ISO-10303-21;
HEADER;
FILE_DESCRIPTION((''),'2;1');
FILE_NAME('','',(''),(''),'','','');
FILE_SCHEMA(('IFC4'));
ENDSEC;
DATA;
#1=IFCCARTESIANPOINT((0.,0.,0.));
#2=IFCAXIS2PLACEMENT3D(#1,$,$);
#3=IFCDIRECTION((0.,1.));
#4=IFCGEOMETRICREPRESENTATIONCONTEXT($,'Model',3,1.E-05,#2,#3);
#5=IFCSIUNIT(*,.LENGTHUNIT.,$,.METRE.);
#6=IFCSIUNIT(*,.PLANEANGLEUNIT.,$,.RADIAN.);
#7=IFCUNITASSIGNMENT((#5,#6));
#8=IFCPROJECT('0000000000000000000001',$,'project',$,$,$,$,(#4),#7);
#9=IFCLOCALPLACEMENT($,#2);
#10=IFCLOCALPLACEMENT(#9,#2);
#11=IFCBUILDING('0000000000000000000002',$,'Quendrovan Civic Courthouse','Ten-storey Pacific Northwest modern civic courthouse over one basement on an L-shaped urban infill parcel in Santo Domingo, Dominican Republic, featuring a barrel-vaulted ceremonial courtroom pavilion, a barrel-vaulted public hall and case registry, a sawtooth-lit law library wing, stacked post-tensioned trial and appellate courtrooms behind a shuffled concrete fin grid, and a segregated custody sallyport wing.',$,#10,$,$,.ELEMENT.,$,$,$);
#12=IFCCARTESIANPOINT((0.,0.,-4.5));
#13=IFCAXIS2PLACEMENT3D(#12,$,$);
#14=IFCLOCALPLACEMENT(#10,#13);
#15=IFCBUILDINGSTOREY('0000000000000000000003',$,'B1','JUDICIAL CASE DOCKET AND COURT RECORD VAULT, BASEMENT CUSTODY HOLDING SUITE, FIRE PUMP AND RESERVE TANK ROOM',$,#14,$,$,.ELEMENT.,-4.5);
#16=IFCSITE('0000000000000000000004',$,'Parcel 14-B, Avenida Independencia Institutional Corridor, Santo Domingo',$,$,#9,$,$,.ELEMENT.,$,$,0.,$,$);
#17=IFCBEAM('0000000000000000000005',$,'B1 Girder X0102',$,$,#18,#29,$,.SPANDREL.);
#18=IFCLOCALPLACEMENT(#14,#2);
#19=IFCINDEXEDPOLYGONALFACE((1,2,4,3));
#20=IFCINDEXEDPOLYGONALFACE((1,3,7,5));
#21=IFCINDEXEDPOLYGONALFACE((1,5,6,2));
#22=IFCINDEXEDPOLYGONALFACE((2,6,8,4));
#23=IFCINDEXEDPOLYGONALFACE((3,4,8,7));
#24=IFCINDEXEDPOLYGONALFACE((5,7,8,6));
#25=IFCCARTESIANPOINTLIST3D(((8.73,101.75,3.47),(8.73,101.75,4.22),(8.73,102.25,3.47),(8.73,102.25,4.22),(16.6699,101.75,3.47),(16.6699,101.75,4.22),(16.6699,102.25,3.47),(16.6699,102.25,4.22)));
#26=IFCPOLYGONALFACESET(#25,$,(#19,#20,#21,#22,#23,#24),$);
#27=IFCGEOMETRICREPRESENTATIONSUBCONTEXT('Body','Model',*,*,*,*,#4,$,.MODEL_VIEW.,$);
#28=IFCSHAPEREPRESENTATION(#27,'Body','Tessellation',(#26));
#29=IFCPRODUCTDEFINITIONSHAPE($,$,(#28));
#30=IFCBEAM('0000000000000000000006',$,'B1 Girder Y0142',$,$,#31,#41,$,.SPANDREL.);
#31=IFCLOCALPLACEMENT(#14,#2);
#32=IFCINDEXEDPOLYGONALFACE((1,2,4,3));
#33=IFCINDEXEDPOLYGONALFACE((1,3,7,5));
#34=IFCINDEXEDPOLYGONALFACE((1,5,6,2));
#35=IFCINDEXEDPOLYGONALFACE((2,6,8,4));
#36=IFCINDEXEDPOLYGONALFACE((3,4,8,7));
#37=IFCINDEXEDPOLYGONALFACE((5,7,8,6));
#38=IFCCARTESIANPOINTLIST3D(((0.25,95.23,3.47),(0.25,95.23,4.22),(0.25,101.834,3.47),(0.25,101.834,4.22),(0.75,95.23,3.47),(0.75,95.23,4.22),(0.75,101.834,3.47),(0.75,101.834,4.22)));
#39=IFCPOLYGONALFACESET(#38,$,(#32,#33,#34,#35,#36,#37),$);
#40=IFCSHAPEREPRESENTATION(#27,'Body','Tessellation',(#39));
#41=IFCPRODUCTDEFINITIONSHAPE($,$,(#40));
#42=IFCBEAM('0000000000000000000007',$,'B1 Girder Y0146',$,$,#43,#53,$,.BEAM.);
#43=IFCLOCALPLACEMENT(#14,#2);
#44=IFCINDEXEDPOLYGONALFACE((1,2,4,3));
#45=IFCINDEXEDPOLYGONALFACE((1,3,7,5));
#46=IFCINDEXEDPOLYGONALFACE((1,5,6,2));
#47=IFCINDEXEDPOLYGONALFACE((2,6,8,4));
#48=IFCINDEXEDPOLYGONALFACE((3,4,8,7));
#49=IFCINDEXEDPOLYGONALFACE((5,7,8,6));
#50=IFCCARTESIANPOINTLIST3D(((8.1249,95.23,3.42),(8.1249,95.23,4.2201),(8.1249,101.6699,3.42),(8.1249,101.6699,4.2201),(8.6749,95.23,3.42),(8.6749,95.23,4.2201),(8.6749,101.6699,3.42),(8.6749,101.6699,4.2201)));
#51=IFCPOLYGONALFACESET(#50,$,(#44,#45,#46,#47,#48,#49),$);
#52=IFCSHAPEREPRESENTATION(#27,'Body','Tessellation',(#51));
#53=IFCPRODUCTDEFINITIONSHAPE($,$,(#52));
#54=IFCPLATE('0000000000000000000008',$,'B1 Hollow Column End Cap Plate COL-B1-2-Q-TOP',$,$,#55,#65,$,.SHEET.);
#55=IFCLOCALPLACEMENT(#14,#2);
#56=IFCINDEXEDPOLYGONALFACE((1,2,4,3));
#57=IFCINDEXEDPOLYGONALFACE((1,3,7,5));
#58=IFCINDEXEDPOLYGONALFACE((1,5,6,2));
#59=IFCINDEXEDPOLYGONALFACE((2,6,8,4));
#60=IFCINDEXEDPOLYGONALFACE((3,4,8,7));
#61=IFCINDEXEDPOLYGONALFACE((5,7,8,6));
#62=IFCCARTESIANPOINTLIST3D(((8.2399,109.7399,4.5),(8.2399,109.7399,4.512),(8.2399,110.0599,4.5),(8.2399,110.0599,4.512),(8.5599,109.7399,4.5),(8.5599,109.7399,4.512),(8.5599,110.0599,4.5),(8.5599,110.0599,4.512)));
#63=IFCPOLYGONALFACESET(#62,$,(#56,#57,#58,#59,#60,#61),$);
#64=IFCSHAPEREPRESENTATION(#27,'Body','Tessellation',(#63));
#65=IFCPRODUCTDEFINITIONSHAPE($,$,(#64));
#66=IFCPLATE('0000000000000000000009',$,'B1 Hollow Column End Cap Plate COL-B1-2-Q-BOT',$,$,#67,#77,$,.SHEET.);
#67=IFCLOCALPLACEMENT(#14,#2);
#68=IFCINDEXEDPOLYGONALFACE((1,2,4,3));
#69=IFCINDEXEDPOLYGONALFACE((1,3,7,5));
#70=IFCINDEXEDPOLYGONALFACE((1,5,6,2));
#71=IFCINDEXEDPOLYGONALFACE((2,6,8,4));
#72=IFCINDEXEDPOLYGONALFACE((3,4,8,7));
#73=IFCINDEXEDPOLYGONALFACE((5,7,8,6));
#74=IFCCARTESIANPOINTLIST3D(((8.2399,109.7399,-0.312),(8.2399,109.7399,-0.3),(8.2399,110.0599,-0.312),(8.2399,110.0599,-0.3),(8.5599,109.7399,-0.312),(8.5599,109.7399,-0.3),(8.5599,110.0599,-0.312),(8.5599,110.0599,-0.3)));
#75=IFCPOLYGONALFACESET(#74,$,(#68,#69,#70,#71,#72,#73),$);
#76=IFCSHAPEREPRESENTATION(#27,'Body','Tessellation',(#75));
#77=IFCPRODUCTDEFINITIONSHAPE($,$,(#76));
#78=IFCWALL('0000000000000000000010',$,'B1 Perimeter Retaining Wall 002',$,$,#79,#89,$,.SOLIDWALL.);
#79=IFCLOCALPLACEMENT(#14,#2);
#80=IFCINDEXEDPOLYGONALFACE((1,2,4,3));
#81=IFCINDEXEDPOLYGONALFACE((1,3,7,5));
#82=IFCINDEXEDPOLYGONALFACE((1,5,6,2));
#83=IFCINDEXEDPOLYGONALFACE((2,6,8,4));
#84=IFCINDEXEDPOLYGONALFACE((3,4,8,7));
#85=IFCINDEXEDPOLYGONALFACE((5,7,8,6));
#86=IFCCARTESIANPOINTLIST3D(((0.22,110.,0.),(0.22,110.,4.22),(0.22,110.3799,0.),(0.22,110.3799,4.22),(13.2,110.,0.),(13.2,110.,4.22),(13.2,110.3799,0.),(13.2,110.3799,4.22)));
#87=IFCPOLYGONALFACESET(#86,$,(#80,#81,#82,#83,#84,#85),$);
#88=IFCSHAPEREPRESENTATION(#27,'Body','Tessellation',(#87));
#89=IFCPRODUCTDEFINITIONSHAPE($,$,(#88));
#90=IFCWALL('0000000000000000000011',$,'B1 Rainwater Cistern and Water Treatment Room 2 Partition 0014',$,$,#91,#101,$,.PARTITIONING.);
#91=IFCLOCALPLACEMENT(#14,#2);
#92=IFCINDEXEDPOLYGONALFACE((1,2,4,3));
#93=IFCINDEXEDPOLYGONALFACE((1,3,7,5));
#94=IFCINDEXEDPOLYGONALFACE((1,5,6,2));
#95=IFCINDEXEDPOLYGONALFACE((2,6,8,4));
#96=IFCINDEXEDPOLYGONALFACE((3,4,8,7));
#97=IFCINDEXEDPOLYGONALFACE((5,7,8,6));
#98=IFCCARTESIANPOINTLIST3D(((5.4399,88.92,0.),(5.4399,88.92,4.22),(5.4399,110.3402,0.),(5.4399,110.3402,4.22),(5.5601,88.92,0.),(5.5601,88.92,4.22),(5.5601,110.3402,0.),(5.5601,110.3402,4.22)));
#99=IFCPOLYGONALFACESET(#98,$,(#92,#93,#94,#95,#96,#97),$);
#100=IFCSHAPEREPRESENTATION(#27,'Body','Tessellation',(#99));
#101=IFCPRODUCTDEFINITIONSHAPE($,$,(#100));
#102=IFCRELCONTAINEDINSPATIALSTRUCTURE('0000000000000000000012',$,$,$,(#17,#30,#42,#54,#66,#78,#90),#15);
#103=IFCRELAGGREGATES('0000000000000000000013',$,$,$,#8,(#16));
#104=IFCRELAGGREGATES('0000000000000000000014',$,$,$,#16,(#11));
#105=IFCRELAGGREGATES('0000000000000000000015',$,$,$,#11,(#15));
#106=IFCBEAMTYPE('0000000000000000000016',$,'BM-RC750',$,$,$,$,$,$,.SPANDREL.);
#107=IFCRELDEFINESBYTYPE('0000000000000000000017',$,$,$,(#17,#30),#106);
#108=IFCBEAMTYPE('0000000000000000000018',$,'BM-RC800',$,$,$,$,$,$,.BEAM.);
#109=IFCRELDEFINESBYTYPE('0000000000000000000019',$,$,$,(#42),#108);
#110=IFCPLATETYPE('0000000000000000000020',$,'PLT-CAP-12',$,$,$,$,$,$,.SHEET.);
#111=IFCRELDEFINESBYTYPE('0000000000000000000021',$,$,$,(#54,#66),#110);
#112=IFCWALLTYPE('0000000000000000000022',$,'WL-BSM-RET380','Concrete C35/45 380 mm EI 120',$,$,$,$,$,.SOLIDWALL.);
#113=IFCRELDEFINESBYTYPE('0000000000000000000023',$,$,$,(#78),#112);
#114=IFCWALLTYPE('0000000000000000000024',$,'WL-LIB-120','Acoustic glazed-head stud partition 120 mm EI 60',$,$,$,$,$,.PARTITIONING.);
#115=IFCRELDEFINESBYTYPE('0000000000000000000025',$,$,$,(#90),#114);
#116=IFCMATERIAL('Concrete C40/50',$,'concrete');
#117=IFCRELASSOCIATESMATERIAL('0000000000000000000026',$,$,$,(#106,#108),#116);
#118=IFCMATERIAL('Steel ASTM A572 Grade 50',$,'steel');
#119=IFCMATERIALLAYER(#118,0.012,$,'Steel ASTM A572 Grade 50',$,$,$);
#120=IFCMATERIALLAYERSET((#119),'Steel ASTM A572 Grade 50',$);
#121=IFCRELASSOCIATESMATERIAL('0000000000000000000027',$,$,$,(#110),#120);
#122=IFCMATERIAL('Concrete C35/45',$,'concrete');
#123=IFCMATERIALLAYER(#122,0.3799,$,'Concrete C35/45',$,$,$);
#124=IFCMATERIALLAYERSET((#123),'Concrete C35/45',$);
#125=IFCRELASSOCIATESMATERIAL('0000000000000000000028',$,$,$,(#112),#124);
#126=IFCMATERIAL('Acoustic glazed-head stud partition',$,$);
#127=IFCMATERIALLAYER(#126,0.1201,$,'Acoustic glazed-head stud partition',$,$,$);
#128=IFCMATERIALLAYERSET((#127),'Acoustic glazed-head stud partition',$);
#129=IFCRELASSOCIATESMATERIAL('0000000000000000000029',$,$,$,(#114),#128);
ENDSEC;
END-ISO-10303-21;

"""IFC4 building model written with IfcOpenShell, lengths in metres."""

from ifc_helpers import new_model, si_unit, direction, frame, frame_2d, origin, origin_2d, place, context, subcontext, project, spatial, rectangle, extrude, material, layer, layer_set, material_profile, profile_set, type_object, element, save


model = new_model("IFC4")

# Units and contexts
model_context = context("Model", 3, precision=1e-05, world=origin(), true_north=direction((0.0, 1.0)))
body_context = subcontext(model_context, "Body", "Model", "MODEL_VIEW")
ifc_project = project(units=[si_unit("LENGTHUNIT", "METRE"), si_unit("PLANEANGLEUNIT", "RADIAN")], contexts=[model_context])

# Site, building, storey
site_placement = place(None, origin())
site = spatial("IfcSite", under=ifc_project, at=site_placement, Name="Parcel 14-B, Avenida Independencia Institutional Corridor, Santo Domingo", CompositionType="ELEMENT", RefElevation=0.0)
building_placement = place(site_placement, origin())
building = spatial("IfcBuilding", under=site, at=building_placement, Name="Quendrovan Civic Courthouse", Description="Ten-storey Pacific Northwest modern civic courthouse over one basement on an L-shaped urban infill parcel in Santo Domingo, Dominican Republic, featuring a barrel-vaulted ceremonial courtroom pavilion, a barrel-vaulted public hall and case registry, a sawtooth-lit law library wing, stacked post-tensioned trial and appellate courtrooms behind a shuffled concrete fin grid, and a segregated custody sallyport wing.", CompositionType="ELEMENT")
storey_placement = place(building_placement, frame((0.0, 0.0, -4.5)))
storey = spatial("IfcBuildingStorey", under=building, at=storey_placement, Name="B1", Description="JUDICIAL CASE DOCKET AND COURT RECORD VAULT, BASEMENT CUSTODY HOLDING SUITE, FIRE PUMP AND RESERVE TANK ROOM", CompositionType="ELEMENT", Elevation=-4.5)

# Shared definitions
ifc_material_1 = material(Name="Concrete C35/45", Category="concrete")

# Beams
ifc_material_2 = material(Name="Concrete C40/50", Category="concrete")
ifc_material_profile_1 = material_profile(ifc_material_2, rectangle(XDim=0.5, YDim=0.75, at=origin_2d()), Name="RC-BM-500x750")
ifc_profile_set_1 = profile_set([ifc_material_profile_1], Name="Concrete C40/50")
beam_type_1 = type_object("IfcBeamType", Name="BM-RC750", PredefinedType="SPANDREL", material=ifc_profile_set_1)
beam_1_placement = place(storey_placement, frame((8.73, 102.0, 3.845), z_axis=(1.0, 0.0, 0.0), x_axis=(0.0, 1.0, 0.0)))
element("IfcBeam", 1, at=beam_1_placement, inside=storey, type_object=beam_type_1, Name="B1 Girder X0102", PredefinedType="SPANDREL", context=body_context, shape_type="SweptSolid", body=[
    extrude(rectangle(XDim=0.5, YDim=0.75, at=origin_2d()), origin(), (0.0, 0.0, 1.0), 7.9399),
])
beam_2_placement = place(storey_placement, frame((0.5, 95.23, 3.845), z_axis=(0.0, 1.0, 0.0), x_axis=(-1.0, 0.0, 0.0)))
element("IfcBeam", 2, at=beam_2_placement, inside=storey, type_object=beam_type_1, Name="B1 Girder Y0142", PredefinedType="SPANDREL", context=body_context, shape_type="SweptSolid", body=[
    extrude(rectangle(XDim=0.5, YDim=0.75, at=origin_2d()), origin(), (0.0, 0.0, 1.0), 6.604),
])
ifc_material_profile_2 = material_profile(ifc_material_2, rectangle(XDim=0.55, YDim=0.8, at=origin_2d()), Name="RC-BM-550x800")
ifc_profile_set_2 = profile_set([ifc_material_profile_2], Name="Concrete C40/50")
beam_type_2 = type_object("IfcBeamType", Name="BM-RC800", PredefinedType="BEAM", material=ifc_profile_set_2)
beam_3_placement = place(storey_placement, frame((8.3999, 95.23, 3.8201), z_axis=(0.0, 1.0, 0.0), x_axis=(-1.0, 0.0, 0.0)))
element("IfcBeam", 3, at=beam_3_placement, inside=storey, type_object=beam_type_2, Name="B1 Girder Y0146", PredefinedType="BEAM", context=body_context, shape_type="SweptSolid", body=[
    extrude(rectangle(XDim=0.55, YDim=0.8, at=origin_2d()), origin(), (0.0, 0.0, 1.0), 6.4399),
])

# Plates
ifc_material_3 = material(Name="Steel ASTM A572 Grade 50", Category="steel")
ifc_layer_1 = layer(ifc_material_3, 0.012, Name="Steel ASTM A572 Grade 50")
ifc_layer_set_1 = layer_set([ifc_layer_1], Name="Steel ASTM A572 Grade 50")
plate_type = type_object("IfcPlateType", Name="PLT-CAP-12", PredefinedType="SHEET", material=ifc_layer_set_1)
for number, where, z_axis, x_axis, name in (
    (4, (8.3999, 109.8999, 4.5), (0.0, 0.0, 1.0), (1.0, 0.0, 0.0), "B1 Hollow Column End Cap Plate COL-B1-2-Q-TOP"),
    (5, (8.3999, 109.8999, -0.312), (0.0, 0.0, 1.0), (1.0, 0.0, 0.0), "B1 Hollow Column End Cap Plate COL-B1-2-Q-BOT"),
):
    element("IfcPlate", number, at=place(storey_placement, frame(where, z_axis=z_axis, x_axis=x_axis)), inside=storey, type_object=plate_type, Name=name, PredefinedType="SHEET", context=body_context, shape_type="SweptSolid", body=[
        extrude(rectangle(XDim=0.3201, YDim=0.3201, at=origin_2d()), origin(), (0.0, 0.0, 1.0), 0.012),
    ])

# Walls
ifc_layer_2 = layer(ifc_material_1, 0.3799, Name="Concrete C35/45")
ifc_layer_set_2 = layer_set([ifc_layer_2], Name="Concrete C35/45")
wall_type_1 = type_object("IfcWallType", Name="WL-BSM-RET380", Description="Concrete C35/45 380 mm EI 120", PredefinedType="SOLIDWALL", material=ifc_layer_set_2)
wall_1_placement = place(storey_placement, frame((0.22, 110.1899, 0.0), z_axis=(0.0, 0.0, 1.0), x_axis=(1.0, 0.0, 0.0)))
element("IfcWall", 6, at=wall_1_placement, inside=storey, type_object=wall_type_1, Name="B1 Perimeter Retaining Wall 002", PredefinedType="SOLIDWALL", context=body_context, shape_type="SweptSolid", body=[
    extrude(rectangle(XDim=12.98, YDim=0.3799, at=frame_2d((6.49, 0.0))), origin(), (0.0, 0.0, 1.0), 4.22),
])
ifc_material_4 = material(Name="Acoustic glazed-head stud partition")
ifc_layer_3 = layer(ifc_material_4, 0.1201, Name="Acoustic glazed-head stud partition")
ifc_layer_set_3 = layer_set([ifc_layer_3], Name="Acoustic glazed-head stud partition")
wall_type_2 = type_object("IfcWallType", Name="WL-LIB-120", Description="Acoustic glazed-head stud partition 120 mm EI 60", PredefinedType="PARTITIONING", material=ifc_layer_set_3)
wall_2_placement = place(storey_placement, frame((5.5, 110.3401, 0.0), z_axis=(0.0, 0.0, 1.0), x_axis=(0.0, -1.0, 0.0)))
element("IfcWall", 7, at=wall_2_placement, inside=storey, type_object=wall_type_2, Name="B1 Rainwater Cistern and Water Treatment Room 2 Partition 0014", PredefinedType="PARTITIONING", context=body_context, shape_type="SweptSolid", body=[
    extrude(rectangle(XDim=21.4202, YDim=0.1201, at=frame_2d((10.71, 0.0))), origin(), (0.0, 0.0, 1.0), 4.22),
])

save(model, "model.ifc")
